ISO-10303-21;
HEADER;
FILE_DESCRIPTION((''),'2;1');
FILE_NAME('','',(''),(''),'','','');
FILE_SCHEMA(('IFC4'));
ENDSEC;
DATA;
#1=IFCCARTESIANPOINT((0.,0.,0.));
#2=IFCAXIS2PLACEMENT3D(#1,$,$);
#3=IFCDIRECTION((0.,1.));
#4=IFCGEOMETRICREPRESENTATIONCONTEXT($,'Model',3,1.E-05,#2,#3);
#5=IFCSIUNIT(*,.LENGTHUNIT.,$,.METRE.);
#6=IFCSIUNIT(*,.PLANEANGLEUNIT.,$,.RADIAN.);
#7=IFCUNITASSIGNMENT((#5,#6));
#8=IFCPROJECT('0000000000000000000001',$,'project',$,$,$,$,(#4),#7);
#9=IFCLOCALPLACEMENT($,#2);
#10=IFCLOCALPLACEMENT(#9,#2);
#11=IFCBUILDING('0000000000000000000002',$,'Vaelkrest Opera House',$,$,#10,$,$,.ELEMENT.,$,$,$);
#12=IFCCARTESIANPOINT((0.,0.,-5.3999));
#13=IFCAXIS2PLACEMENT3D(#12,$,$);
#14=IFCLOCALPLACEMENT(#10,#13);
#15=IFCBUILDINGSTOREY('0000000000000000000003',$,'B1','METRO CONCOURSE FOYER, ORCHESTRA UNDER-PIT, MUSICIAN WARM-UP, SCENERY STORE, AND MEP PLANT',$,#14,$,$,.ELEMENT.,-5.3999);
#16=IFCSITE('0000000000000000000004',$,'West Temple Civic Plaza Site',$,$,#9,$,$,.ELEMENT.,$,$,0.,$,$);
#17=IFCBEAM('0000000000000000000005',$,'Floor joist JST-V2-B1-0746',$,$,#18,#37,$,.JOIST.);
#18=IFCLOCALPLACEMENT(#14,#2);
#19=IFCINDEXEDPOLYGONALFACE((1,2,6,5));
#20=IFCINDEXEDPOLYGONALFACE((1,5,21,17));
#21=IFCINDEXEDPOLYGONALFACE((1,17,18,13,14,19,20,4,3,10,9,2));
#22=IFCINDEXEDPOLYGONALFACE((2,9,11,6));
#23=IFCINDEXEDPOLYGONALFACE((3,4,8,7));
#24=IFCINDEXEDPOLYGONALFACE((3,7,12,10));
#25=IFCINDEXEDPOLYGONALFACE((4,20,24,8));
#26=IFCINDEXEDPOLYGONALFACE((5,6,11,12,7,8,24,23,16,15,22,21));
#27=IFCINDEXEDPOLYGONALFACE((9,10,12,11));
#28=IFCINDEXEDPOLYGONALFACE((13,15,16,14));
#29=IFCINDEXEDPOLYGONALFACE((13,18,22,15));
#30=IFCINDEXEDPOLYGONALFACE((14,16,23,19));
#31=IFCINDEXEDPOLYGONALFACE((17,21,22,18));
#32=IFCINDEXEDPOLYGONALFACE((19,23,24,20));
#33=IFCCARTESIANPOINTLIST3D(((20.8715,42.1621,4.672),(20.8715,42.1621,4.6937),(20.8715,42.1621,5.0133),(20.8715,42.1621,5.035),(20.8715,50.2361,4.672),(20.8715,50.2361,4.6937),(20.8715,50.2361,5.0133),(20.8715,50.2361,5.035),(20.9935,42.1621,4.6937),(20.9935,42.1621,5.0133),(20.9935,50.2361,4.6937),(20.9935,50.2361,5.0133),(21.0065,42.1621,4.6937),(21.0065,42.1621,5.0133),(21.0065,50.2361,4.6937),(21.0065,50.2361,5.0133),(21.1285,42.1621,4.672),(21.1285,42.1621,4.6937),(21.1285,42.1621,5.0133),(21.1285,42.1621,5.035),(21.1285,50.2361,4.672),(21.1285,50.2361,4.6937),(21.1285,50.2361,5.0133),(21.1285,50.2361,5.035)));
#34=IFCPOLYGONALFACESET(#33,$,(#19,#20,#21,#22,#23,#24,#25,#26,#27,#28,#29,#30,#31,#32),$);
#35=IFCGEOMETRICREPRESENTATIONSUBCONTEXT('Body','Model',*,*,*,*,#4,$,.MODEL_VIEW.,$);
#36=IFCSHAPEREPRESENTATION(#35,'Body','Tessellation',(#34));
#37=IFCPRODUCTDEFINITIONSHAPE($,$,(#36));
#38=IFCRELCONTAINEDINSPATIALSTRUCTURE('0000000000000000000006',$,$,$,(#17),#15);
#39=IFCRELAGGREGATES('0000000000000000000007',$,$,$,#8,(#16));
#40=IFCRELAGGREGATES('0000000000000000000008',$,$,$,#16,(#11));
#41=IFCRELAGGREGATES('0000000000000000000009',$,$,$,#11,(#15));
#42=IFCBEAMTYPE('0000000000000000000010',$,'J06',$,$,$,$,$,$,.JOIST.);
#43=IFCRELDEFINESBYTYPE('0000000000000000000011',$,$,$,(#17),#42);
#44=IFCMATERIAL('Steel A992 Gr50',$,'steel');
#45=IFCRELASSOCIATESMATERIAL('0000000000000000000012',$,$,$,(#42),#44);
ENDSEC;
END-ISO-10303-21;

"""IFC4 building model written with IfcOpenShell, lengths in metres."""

from ifc_helpers import new_model, si_unit, direction, frame, origin, origin_2d, place, context, subcontext, project, spatial, i_section, extrude, material, material_profile, profile_set, type_object, element, save


model = new_model("IFC4")

# Units and contexts
model_context = context("Model", 3, precision=1e-05, world=origin(), true_north=direction((0.0, 1.0)))
body_context = subcontext(model_context, "Body", "Model", "MODEL_VIEW")
ifc_project = project(units=[si_unit("LENGTHUNIT", "METRE"), si_unit("PLANEANGLEUNIT", "RADIAN")], contexts=[model_context])

# Site, building, storey
site_placement = place(None, origin())
site = spatial("IfcSite", under=ifc_project, at=site_placement, Name="West Temple Civic Plaza Site", CompositionType="ELEMENT", RefElevation=0.0)
building_placement = place(site_placement, origin())
building = spatial("IfcBuilding", under=site, at=building_placement, Name="Vaelkrest Opera House", CompositionType="ELEMENT")
storey_placement = place(building_placement, frame((0.0, 0.0, -5.3999)))
storey = spatial("IfcBuildingStorey", under=building, at=storey_placement, Name="B1", Description="METRO CONCOURSE FOYER, ORCHESTRA UNDER-PIT, MUSICIAN WARM-UP, SCENERY STORE, AND MEP PLANT", CompositionType="ELEMENT", Elevation=-5.3999)

# Beam
ifc_material_1 = material(Name="Steel A992 Gr50", Category="steel")
ifc_material_profile_1 = material_profile(ifc_material_1, i_section(OverallWidth=0.2571, OverallDepth=0.363, WebThickness=0.0129, FlangeThickness=0.0217, at=origin_2d()), Name="W14X82")
ifc_profile_set_1 = profile_set([ifc_material_profile_1], Name="Steel A992 Gr50")
beam_type_1 = type_object("IfcBeamType", Name="J06", PredefinedType="JOIST", material=ifc_profile_set_1)
beam_1_placement = place(storey_placement, frame((21.0, 42.1621, 4.8535), z_axis=(0.0, 1.0, 0.0), x_axis=(-1.0, 0.0, 0.0)))
element("IfcBeam", 1, at=beam_1_placement, inside=storey, type_object=beam_type_1, Name="Floor joist JST-V2-B1-0746", PredefinedType="JOIST", context=body_context, shape_type="SweptSolid", body=[
    extrude(i_section(OverallWidth=0.2571, OverallDepth=0.363, WebThickness=0.0129, FlangeThickness=0.0217, at=origin_2d()), origin(), (0.0, 0.0, 1.0), 8.074),
])

save(model, "model.ifc")
